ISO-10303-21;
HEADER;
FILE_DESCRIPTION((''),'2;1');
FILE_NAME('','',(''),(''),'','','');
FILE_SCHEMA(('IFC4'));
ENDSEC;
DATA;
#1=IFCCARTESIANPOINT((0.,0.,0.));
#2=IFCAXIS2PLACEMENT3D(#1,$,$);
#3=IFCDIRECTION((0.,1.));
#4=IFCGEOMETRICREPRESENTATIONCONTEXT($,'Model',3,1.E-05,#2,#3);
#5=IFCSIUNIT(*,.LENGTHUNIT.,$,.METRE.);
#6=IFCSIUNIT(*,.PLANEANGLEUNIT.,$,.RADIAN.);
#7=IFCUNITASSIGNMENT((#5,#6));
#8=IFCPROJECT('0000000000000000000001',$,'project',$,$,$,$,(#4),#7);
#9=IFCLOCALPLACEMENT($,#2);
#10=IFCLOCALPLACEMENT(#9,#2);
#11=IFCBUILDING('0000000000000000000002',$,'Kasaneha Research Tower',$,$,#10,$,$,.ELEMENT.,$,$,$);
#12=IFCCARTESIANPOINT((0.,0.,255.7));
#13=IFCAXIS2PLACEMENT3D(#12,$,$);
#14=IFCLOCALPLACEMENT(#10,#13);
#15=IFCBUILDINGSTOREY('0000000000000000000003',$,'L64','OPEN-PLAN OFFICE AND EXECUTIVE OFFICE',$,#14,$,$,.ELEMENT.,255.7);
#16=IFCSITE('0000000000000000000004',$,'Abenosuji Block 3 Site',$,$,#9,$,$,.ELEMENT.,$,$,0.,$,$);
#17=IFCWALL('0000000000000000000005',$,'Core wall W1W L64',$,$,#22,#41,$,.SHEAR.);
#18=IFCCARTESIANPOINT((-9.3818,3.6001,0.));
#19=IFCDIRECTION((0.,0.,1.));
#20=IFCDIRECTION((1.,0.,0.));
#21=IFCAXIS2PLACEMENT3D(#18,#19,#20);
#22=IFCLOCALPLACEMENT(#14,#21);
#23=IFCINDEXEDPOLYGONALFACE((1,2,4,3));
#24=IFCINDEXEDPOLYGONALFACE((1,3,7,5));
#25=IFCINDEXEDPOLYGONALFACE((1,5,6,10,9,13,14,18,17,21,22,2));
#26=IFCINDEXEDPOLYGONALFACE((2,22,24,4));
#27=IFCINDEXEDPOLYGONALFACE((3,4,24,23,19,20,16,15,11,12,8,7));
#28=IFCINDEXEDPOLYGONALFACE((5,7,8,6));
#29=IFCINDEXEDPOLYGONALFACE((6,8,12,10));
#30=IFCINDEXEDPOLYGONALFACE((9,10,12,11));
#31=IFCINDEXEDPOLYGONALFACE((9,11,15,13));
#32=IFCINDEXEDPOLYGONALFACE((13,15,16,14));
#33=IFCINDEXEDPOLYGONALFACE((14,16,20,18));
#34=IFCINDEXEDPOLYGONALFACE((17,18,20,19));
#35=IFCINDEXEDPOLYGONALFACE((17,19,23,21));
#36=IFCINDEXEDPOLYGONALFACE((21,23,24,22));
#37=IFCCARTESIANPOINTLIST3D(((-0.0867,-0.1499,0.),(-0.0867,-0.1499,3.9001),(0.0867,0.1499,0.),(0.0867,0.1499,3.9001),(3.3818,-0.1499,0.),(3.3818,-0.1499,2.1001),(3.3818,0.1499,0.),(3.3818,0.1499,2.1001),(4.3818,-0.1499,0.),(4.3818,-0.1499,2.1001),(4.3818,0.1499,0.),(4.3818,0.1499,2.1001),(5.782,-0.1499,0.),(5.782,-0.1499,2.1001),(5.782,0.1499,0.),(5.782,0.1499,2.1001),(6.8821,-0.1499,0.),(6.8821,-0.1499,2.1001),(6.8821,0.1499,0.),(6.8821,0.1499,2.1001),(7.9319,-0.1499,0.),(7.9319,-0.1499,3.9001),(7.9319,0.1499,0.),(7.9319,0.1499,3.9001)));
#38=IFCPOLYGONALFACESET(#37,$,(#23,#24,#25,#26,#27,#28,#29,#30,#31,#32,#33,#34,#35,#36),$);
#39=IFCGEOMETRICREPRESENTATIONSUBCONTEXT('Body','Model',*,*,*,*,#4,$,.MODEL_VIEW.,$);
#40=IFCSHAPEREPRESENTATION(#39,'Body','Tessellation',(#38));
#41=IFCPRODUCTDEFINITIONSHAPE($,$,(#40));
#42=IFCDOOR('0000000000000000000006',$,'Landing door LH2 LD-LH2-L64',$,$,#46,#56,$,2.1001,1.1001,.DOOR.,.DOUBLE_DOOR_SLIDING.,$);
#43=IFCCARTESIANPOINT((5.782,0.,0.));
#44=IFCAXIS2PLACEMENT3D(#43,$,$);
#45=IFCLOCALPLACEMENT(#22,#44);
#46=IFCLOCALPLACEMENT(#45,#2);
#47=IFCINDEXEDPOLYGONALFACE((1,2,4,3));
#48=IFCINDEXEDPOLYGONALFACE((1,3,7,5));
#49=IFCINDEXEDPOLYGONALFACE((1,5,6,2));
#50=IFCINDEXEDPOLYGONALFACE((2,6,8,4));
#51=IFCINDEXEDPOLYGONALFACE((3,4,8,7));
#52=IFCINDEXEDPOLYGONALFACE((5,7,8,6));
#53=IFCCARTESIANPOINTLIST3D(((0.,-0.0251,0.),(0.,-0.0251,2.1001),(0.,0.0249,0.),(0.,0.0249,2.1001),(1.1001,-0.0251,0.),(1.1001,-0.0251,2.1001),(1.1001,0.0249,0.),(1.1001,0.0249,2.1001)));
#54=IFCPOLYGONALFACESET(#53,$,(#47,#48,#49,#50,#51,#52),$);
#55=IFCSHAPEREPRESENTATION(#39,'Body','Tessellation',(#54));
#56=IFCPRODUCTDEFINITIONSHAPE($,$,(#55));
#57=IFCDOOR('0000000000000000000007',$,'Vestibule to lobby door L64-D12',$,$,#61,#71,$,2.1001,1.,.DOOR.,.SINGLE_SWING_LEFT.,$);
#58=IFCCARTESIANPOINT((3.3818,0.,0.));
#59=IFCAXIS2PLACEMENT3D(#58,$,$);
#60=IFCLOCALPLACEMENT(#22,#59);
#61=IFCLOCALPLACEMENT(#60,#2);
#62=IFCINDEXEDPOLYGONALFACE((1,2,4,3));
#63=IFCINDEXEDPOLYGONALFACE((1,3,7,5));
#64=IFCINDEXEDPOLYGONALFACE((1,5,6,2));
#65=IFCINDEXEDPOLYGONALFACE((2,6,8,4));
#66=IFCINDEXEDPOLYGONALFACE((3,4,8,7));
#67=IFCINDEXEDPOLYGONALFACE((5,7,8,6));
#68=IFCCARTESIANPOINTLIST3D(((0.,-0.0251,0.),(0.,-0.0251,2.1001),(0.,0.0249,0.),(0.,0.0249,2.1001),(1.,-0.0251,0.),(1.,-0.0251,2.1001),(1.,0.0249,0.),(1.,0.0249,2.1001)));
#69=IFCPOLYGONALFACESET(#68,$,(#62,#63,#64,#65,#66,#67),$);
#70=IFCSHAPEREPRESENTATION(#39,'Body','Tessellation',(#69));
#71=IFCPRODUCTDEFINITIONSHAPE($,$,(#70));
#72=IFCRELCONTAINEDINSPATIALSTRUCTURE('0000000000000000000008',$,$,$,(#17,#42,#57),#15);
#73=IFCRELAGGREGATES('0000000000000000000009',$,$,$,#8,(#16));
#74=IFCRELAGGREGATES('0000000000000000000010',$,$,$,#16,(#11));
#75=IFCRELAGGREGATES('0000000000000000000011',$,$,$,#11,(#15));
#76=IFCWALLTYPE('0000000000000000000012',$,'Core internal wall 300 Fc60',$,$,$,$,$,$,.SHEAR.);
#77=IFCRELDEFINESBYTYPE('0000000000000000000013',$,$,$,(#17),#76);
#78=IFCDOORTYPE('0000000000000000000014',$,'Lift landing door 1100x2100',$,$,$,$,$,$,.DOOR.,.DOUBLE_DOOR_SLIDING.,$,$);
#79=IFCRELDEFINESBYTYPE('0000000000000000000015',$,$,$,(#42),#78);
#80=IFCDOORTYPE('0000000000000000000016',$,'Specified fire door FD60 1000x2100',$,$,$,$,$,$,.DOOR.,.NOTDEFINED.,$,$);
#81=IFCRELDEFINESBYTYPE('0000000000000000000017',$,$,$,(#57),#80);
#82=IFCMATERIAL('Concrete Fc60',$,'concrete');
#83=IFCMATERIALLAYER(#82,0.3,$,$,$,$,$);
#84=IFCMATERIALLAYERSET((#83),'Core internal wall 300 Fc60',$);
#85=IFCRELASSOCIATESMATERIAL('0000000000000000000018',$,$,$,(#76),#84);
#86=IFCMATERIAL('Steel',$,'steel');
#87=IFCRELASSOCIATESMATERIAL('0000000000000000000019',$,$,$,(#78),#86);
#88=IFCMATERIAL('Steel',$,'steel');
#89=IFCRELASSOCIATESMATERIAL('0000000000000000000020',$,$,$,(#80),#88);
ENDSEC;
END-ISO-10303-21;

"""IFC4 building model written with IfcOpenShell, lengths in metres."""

from ifc_helpers import new_model, si_unit, direction, frame, frame_2d, origin, place, context, subcontext, project, spatial, polyline, rectangle, outline, extrude, material, layer, layer_set, type_object, element, fill, save


model = new_model("IFC4")

# Units and contexts
model_context = context("Model", 3, precision=1e-05, world=origin(), true_north=direction((0.0, 1.0)))
body_context = subcontext(model_context, "Body", "Model", "MODEL_VIEW")
ifc_project = project(units=[si_unit("LENGTHUNIT", "METRE"), si_unit("PLANEANGLEUNIT", "RADIAN")], contexts=[model_context])

# Site, building, storey
site_placement = place(None, origin())
site = spatial("IfcSite", under=ifc_project, at=site_placement, Name="Abenosuji Block 3 Site", CompositionType="ELEMENT", RefElevation=0.0)
building_placement = place(site_placement, origin())
building = spatial("IfcBuilding", under=site, at=building_placement, Name="Kasaneha Research Tower", CompositionType="ELEMENT")
storey_placement = place(building_placement, frame((0.0, 0.0, 255.7)))
storey = spatial("IfcBuildingStorey", under=building, at=storey_placement, Name="L64", Description="OPEN-PLAN OFFICE AND EXECUTIVE OFFICE", CompositionType="ELEMENT", Elevation=255.7)

# Wall, openings, doors
ifc_material_1 = material(Name="Concrete Fc60", Category="concrete")
ifc_layer_1 = layer(ifc_material_1, 0.3)
ifc_layer_set_1 = layer_set([ifc_layer_1], Name="Core internal wall 300 Fc60")
wall_type_1 = type_object("IfcWallType", Name="Core internal wall 300 Fc60", PredefinedType="SHEAR", material=ifc_layer_set_1)
wall_1_placement = place(storey_placement, frame((-9.3818, 3.6001, 0.0), z_axis=(0.0, 0.0, 1.0), x_axis=(1.0, 0.0, 0.0)))
wall_1 = element("IfcWall", 1, at=wall_1_placement, inside=storey, type_object=wall_type_1, Name="Core wall W1W L64", PredefinedType="SHEAR", context=body_context, shape_type="SweptSolid", body=[
    extrude(outline(polyline([(-0.0867, -0.1499), (3.3818, -0.1499), (4.3818, -0.1499), (5.782, -0.1499), (6.8821, -0.1499), (7.9319, -0.1499), (7.9319, 0.1499), (6.8821, 0.1499), (5.782, 0.1499), (4.3818, 0.1499), (3.3818, 0.1499), (0.0867, 0.1499), (-0.0867, -0.1499)])), origin(), (0.0, 0.0, 1.0), 3.9001),
])
opening_1_placement = place(wall_1_placement, frame((3.3818, 0.0, 0.0)))
opening_1 = element("IfcOpeningElement", 2, at=opening_1_placement, cuts=wall_1, PredefinedType="OPENING", context=body_context, shape_type="SweptSolid", body=[
    extrude(rectangle(XDim=1.0, YDim=2.1001, at=frame_2d((0.5, 1.05))), frame((0.0, 0.1602, 0.0), z_axis=(0.0, -1.0, 0.0), x_axis=(1.0, 0.0, 0.0)), (0.0, 0.0, 1.0), 0.3201),
])
opening_2_placement = place(wall_1_placement, frame((5.782, 0.0, 0.0)))
opening_2 = element("IfcOpeningElement", 3, at=opening_2_placement, cuts=wall_1, PredefinedType="OPENING", context=body_context, shape_type="SweptSolid", body=[
    extrude(rectangle(XDim=1.1001, YDim=2.1001, at=frame_2d((0.55, 1.05))), frame((0.0, 0.1602, 0.0), z_axis=(0.0, -1.0, 0.0), x_axis=(1.0, 0.0, 0.0)), (0.0, 0.0, 1.0), 0.3201),
])
ifc_material_2 = material(Name="Steel", Category="steel")
door_type_1 = type_object("IfcDoorType", Name="Lift landing door 1100x2100", OperationType="DOUBLE_DOOR_SLIDING", PredefinedType="DOOR", material=ifc_material_2)
door_1_placement = place(opening_2_placement, origin())
door_1 = element("IfcDoor", 4, at=door_1_placement, inside=storey, type_object=door_type_1, Name="Landing door LH2 LD-LH2-L64", OperationType="DOUBLE_DOOR_SLIDING", OverallHeight=2.1001, OverallWidth=1.1001, PredefinedType="DOOR", context=body_context, shape_type="SweptSolid", body=[
    extrude(rectangle(XDim=1.1001, YDim=2.1001, at=frame_2d((0.55, 1.05))), frame((0.0, 0.0249, 0.0), z_axis=(0.0, -1.0, 0.0), x_axis=(1.0, 0.0, 0.0)), (0.0, 0.0, 1.0), 0.05),
])
fill(opening_2, door_1)
ifc_material_3 = material(Name="Steel", Category="steel")
door_type_2 = type_object("IfcDoorType", Name="Specified fire door FD60 1000x2100", OperationType="NOTDEFINED", PredefinedType="DOOR", material=ifc_material_3)
door_2_placement = place(opening_1_placement, origin())
door_2 = element("IfcDoor", 5, at=door_2_placement, inside=storey, type_object=door_type_2, Name="Vestibule to lobby door L64-D12", OperationType="SINGLE_SWING_LEFT", OverallHeight=2.1001, OverallWidth=1.0, PredefinedType="DOOR", context=body_context, shape_type="SweptSolid", body=[
    extrude(rectangle(XDim=1.0, YDim=2.1001, at=frame_2d((0.5, 1.05))), frame((0.0, 0.0249, 0.0), z_axis=(0.0, -1.0, 0.0), x_axis=(1.0, 0.0, 0.0)), (0.0, 0.0, 1.0), 0.05),
])
fill(opening_1, door_2)

save(model, "model.ifc")
